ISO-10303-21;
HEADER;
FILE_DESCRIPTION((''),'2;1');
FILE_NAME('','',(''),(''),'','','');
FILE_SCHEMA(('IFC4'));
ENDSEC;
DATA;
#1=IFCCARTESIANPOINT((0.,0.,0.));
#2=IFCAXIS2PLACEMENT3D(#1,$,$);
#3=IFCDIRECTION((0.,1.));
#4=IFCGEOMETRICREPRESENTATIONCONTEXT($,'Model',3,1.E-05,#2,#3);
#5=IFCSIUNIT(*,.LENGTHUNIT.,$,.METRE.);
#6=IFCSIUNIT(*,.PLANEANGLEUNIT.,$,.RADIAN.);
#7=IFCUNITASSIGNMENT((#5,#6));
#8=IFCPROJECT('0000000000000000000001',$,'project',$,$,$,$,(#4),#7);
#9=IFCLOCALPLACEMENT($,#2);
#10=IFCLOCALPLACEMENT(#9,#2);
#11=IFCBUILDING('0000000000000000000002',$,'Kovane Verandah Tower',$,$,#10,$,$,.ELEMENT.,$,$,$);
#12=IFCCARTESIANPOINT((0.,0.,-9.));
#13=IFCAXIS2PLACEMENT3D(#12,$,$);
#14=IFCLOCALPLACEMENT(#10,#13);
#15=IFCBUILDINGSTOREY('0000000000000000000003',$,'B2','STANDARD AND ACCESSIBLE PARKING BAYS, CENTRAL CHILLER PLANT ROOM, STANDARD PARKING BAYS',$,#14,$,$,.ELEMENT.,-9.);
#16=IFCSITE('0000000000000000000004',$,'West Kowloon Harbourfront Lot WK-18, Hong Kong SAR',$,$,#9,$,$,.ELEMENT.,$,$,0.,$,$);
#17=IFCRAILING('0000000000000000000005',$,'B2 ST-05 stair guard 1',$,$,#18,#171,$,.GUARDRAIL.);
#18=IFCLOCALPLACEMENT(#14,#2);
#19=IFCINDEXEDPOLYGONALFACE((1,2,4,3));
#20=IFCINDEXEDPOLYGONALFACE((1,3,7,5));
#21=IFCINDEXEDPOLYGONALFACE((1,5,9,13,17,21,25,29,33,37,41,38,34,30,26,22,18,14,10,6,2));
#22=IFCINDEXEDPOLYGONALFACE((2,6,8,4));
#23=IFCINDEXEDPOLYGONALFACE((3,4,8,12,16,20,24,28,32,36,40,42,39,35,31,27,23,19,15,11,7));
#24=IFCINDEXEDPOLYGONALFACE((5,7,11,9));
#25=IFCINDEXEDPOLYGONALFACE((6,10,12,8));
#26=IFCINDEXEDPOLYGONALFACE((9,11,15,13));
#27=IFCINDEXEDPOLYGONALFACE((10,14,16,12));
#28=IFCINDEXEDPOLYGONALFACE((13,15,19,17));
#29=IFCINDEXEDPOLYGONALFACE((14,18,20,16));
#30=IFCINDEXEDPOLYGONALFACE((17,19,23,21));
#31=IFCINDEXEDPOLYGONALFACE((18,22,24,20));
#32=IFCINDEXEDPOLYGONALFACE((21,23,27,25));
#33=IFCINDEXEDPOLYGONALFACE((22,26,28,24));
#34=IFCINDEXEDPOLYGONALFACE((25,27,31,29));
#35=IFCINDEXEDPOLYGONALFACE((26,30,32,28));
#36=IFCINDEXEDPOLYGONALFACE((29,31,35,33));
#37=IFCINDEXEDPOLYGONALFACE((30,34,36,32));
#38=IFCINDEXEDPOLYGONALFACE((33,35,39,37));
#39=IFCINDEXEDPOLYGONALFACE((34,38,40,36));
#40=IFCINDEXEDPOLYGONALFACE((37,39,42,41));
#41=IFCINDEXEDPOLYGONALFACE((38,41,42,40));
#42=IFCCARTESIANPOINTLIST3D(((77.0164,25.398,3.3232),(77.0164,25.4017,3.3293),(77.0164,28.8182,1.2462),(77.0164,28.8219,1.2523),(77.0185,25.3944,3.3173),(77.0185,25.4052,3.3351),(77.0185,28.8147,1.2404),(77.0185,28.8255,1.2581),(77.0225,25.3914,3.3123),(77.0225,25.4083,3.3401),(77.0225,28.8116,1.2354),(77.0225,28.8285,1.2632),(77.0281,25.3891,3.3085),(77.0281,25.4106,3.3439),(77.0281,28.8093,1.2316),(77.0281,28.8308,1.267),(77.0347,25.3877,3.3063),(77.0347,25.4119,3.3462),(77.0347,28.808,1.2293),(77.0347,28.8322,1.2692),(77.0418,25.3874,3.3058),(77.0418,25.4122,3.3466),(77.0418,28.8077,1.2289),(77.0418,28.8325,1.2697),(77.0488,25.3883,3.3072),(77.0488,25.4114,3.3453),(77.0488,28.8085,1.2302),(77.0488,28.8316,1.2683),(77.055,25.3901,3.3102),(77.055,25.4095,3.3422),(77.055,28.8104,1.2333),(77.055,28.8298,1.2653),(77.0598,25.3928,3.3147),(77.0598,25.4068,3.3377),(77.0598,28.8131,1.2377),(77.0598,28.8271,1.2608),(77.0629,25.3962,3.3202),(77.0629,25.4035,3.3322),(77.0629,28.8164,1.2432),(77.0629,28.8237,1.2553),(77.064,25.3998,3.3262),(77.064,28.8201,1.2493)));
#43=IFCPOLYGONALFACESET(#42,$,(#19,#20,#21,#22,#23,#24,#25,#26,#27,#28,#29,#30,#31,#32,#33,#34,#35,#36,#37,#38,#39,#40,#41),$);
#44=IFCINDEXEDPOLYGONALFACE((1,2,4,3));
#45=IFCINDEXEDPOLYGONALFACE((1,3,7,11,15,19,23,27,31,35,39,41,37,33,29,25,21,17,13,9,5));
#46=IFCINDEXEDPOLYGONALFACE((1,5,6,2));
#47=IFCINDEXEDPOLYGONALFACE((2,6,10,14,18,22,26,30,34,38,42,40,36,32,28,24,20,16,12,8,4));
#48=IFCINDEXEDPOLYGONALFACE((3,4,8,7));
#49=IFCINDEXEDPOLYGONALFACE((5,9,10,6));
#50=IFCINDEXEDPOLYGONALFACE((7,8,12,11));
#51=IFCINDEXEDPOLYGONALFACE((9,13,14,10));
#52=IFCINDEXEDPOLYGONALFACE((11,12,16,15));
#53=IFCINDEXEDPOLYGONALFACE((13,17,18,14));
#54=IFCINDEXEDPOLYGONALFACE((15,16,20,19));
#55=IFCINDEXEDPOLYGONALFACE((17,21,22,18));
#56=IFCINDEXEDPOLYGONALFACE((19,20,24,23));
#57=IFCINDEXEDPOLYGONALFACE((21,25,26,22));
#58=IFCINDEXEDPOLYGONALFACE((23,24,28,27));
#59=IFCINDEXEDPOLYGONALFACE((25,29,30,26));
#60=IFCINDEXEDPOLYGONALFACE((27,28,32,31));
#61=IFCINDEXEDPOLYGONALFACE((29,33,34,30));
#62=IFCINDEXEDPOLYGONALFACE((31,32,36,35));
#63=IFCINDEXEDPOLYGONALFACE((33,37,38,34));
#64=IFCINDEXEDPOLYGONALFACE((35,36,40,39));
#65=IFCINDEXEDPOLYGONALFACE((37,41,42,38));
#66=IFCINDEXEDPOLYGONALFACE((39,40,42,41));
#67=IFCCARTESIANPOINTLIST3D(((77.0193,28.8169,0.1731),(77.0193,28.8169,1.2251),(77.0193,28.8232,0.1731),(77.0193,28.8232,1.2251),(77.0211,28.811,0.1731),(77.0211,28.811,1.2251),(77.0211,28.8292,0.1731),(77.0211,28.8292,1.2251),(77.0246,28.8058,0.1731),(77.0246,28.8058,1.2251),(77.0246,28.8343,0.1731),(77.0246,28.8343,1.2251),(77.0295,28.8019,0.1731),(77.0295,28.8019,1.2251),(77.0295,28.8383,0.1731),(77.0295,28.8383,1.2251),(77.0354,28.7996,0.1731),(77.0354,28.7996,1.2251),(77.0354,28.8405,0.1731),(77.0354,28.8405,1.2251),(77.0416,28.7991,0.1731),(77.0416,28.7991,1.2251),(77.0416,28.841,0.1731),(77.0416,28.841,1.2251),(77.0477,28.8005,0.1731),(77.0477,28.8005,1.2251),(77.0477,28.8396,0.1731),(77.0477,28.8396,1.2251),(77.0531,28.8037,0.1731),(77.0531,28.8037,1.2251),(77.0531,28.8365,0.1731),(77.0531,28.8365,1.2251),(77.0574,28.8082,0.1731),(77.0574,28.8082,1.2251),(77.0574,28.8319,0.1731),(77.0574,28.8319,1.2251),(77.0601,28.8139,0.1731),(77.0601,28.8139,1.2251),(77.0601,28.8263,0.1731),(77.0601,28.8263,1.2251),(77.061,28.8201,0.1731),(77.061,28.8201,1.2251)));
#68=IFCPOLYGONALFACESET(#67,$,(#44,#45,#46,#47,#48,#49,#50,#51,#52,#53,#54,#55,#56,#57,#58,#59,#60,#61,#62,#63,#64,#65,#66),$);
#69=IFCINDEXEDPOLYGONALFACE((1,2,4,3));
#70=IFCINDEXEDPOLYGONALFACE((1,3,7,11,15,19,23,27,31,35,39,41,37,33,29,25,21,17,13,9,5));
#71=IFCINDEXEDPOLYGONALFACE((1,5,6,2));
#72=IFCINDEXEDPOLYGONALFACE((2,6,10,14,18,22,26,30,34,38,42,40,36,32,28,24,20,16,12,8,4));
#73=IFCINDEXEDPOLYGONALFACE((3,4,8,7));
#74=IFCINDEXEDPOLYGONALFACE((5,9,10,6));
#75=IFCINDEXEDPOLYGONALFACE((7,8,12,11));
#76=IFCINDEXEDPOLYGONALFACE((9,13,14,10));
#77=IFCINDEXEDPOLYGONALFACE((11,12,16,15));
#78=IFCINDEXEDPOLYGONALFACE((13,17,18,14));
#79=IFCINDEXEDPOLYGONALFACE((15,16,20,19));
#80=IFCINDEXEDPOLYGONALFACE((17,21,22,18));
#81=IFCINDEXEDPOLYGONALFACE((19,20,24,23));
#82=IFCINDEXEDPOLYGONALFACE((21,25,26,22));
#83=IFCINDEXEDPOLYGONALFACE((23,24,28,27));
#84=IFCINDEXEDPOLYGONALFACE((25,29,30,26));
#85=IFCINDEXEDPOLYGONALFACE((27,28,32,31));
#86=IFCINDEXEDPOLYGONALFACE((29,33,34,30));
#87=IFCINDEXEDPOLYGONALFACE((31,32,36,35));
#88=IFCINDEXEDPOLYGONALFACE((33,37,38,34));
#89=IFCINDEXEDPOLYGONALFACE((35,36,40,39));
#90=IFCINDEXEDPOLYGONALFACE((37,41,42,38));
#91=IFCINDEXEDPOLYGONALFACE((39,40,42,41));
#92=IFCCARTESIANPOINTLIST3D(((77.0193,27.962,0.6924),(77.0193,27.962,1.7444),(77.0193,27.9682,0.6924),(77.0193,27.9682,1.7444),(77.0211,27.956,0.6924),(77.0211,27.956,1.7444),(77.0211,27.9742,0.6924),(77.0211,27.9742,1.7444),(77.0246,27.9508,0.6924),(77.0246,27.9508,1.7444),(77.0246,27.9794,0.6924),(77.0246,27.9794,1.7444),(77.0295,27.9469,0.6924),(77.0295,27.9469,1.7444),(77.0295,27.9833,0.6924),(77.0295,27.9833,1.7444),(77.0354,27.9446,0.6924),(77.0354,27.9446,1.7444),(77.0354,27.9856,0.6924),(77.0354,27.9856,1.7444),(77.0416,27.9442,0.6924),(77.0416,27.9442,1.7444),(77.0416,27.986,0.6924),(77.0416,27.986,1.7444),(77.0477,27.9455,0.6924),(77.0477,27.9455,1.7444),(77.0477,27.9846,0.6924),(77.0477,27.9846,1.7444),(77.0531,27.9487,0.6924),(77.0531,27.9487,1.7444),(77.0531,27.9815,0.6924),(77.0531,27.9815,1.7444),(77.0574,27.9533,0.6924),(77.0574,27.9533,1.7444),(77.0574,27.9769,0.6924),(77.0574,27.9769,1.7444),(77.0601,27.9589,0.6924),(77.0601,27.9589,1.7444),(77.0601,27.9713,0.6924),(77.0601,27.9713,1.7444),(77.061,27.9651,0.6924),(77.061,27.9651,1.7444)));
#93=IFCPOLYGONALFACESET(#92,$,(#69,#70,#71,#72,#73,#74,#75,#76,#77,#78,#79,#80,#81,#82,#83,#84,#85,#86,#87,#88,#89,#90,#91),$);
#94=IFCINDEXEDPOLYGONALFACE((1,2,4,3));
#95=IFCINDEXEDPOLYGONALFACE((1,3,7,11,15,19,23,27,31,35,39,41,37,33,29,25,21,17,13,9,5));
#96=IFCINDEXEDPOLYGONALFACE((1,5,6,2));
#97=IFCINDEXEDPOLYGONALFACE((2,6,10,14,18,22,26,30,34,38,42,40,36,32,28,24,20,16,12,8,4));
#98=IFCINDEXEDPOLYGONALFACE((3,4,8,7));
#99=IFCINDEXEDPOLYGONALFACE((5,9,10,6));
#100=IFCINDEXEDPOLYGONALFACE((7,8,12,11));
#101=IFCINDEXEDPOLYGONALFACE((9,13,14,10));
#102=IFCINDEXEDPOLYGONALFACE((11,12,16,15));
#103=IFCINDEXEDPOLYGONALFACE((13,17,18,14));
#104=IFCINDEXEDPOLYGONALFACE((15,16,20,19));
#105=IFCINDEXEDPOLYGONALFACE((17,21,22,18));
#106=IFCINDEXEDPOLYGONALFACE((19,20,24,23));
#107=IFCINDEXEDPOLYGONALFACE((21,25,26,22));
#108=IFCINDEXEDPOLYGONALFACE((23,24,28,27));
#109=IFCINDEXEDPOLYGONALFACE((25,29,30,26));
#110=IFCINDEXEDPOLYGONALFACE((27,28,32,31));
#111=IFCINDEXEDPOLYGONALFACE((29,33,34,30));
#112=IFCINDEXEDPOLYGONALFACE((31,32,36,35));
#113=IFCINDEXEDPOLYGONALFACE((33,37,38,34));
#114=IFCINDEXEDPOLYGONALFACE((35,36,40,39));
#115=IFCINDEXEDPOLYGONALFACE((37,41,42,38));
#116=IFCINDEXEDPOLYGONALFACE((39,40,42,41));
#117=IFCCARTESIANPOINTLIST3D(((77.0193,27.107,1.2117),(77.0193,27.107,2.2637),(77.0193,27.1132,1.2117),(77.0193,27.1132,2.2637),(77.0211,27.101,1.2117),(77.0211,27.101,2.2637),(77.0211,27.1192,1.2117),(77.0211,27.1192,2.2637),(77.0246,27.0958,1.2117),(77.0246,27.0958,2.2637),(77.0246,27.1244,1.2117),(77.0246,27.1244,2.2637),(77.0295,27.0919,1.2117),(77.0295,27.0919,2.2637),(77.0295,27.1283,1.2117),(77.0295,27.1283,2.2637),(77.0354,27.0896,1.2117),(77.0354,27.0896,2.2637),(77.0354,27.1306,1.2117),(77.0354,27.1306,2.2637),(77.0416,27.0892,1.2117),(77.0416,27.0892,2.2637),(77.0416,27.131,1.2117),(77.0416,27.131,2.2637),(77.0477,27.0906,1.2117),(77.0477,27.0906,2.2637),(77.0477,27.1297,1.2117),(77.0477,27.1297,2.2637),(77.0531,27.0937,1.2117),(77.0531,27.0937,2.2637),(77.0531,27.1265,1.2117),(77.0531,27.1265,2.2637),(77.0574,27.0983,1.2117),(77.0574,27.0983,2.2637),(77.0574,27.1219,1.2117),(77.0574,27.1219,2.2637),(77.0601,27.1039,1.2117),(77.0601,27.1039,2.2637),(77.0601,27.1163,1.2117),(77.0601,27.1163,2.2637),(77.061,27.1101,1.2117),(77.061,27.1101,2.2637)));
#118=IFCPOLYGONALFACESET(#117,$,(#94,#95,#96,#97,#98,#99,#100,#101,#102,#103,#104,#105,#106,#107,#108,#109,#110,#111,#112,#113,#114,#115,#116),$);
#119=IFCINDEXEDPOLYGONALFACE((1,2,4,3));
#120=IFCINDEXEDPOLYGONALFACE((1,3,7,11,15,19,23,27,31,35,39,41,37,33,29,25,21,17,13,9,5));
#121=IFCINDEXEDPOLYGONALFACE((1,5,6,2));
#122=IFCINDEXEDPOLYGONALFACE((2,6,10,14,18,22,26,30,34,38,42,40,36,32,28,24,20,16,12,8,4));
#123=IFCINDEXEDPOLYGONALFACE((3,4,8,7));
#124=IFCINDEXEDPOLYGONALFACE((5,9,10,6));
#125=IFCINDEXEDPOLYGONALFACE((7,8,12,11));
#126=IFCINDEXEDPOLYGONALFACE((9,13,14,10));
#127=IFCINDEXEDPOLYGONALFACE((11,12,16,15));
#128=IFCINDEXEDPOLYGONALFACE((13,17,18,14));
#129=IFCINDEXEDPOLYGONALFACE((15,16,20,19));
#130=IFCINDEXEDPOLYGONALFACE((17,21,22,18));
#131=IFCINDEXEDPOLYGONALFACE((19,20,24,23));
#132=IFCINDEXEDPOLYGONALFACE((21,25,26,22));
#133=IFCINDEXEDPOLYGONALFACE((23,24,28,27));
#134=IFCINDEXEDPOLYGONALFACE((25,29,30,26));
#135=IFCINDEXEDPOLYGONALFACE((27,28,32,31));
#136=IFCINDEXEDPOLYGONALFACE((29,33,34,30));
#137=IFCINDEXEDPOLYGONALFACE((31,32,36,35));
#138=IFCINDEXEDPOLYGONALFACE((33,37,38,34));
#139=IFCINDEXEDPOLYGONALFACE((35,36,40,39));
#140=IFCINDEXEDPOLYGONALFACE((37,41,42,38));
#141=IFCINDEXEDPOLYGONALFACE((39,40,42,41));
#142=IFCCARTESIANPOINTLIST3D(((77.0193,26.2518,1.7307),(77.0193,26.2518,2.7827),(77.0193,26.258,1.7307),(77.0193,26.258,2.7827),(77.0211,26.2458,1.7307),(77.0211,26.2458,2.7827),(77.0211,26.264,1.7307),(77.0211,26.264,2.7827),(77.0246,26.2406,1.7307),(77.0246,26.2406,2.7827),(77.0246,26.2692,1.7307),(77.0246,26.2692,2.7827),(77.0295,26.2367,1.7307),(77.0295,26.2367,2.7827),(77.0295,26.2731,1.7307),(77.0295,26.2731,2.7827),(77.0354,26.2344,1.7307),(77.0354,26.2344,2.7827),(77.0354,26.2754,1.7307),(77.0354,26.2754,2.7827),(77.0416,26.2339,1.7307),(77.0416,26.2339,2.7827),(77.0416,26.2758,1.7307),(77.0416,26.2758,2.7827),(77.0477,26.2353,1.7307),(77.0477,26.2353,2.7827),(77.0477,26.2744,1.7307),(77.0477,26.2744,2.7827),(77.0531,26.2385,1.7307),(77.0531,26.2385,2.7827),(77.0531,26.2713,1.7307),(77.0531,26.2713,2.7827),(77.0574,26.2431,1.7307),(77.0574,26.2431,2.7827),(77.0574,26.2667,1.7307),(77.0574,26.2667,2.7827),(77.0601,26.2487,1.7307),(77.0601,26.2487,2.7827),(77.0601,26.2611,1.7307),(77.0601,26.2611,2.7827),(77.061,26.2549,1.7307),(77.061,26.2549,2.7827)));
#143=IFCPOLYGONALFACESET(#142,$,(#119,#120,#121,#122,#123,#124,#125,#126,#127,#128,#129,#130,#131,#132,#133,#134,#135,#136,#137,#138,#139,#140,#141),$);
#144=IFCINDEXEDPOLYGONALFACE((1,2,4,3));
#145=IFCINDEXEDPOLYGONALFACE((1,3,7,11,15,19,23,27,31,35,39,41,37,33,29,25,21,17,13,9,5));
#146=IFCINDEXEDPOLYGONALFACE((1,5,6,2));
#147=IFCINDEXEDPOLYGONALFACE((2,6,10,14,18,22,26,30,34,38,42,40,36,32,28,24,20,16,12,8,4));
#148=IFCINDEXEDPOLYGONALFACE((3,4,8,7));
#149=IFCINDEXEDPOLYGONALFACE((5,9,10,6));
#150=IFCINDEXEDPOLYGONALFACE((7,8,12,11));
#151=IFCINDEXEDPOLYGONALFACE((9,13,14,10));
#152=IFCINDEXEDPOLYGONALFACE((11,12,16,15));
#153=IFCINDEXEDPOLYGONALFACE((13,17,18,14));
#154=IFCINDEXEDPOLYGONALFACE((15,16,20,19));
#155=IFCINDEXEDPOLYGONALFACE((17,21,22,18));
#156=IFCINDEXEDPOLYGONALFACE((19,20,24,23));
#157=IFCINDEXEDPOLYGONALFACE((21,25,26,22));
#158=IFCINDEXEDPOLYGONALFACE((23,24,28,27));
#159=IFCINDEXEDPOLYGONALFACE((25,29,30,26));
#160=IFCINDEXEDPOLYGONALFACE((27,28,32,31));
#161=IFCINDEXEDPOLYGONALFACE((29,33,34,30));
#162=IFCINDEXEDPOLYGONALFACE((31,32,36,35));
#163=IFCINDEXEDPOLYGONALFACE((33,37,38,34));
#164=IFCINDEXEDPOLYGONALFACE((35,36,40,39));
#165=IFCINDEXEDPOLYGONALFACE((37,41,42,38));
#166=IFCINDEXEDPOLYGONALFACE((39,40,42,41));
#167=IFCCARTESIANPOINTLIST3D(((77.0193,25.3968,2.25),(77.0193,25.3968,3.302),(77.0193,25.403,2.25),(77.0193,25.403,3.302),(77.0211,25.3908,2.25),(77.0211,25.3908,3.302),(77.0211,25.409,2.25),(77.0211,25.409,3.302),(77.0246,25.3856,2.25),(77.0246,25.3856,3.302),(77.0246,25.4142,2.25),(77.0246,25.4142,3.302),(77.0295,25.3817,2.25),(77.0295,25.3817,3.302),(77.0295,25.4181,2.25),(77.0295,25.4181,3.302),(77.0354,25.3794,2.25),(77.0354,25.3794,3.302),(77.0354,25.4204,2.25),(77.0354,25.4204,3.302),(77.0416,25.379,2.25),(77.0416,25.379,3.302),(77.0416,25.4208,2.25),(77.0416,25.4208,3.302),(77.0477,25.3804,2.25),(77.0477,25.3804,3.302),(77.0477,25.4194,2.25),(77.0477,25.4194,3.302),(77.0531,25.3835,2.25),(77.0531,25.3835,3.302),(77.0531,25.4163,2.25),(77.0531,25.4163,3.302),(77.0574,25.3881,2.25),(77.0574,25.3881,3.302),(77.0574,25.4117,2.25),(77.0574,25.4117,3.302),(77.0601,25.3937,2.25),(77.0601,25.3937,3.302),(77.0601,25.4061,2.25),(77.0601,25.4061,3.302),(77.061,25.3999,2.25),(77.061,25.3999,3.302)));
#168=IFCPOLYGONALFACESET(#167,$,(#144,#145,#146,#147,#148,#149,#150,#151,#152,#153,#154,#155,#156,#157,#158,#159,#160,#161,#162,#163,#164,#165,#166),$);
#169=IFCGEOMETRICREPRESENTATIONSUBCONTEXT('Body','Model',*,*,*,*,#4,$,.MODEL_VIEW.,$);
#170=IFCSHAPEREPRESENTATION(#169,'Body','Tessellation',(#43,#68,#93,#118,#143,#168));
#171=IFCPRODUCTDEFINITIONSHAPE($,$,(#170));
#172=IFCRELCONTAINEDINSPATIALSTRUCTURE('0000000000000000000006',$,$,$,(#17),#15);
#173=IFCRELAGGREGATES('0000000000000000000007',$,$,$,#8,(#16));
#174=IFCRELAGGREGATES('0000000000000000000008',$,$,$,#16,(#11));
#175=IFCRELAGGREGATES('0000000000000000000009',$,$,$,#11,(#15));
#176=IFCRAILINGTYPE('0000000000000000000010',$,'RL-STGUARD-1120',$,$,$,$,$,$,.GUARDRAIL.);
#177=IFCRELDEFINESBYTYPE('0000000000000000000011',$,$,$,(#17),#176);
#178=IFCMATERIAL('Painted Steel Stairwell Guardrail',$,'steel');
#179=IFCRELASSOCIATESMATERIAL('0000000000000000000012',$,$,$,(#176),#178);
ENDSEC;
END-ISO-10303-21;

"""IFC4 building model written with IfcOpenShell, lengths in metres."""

from ifc_helpers import new_model, si_unit, direction, frame, origin, origin_2d, place, context, subcontext, project, spatial, circle, extrude, material, type_object, element, save


model = new_model("IFC4")

# Units and contexts
model_context = context("Model", 3, precision=1e-05, world=origin(), true_north=direction((0.0, 1.0)))
body_context = subcontext(model_context, "Body", "Model", "MODEL_VIEW")
ifc_project = project(units=[si_unit("LENGTHUNIT", "METRE"), si_unit("PLANEANGLEUNIT", "RADIAN")], contexts=[model_context])

# Site, building, storey
site_placement = place(None, origin())
site = spatial("IfcSite", under=ifc_project, at=site_placement, Name="West Kowloon Harbourfront Lot WK-18, Hong Kong SAR", CompositionType="ELEMENT", RefElevation=0.0)
building_placement = place(site_placement, origin())
building = spatial("IfcBuilding", under=site, at=building_placement, Name="Kovane Verandah Tower", CompositionType="ELEMENT")
storey_placement = place(building_placement, frame((0.0, 0.0, -9.0)))
storey = spatial("IfcBuildingStorey", under=building, at=storey_placement, Name="B2", Description="STANDARD AND ACCESSIBLE PARKING BAYS, CENTRAL CHILLER PLANT ROOM, STANDARD PARKING BAYS", CompositionType="ELEMENT", Elevation=-9.0)

# Railing
ifc_material_1 = material(Name="Painted Steel Stairwell Guardrail", Category="steel")
railing_type_1 = type_object("IfcRailingType", Name="RL-STGUARD-1120", PredefinedType="GUARDRAIL", material=ifc_material_1)
railing_1_placement = place(storey_placement, frame((77.04, 28.8201, 0.1731)))
element("IfcRailing", 1, at=railing_1_placement, inside=storey, type_object=railing_type_1, Name="B2 ST-05 stair guard 1", PredefinedType="GUARDRAIL", context=body_context, shape_type="SweptSolid", body=[
    extrude(circle(Radius=0.0239, at=origin_2d()), frame((0.0, 0.0, 1.0762), z_axis=(0.0, -0.854746, 0.519047), x_axis=(1.0, 0.0, 0.0)), (0.0, 0.0, 1.0), 4.0015),
    extrude(circle(Radius=0.021, at=origin_2d()), origin(), (0.0, 0.0, 1.0), 1.052),
    extrude(circle(Radius=0.021, at=origin_2d()), frame((0.0, -0.855, 0.5193)), (0.0, 0.0, 1.0), 1.052),
    extrude(circle(Radius=0.021, at=origin_2d()), frame((0.0, -1.71, 1.0386)), (0.0, 0.0, 1.0), 1.052),
    extrude(circle(Radius=0.021, at=origin_2d()), frame((0.0, -2.5652, 1.5576)), (0.0, 0.0, 1.0), 1.052),
    extrude(circle(Radius=0.021, at=origin_2d()), frame((0.0, -3.4202, 2.0769)), (0.0, 0.0, 1.0), 1.052),
])

save(model, "model.ifc")
